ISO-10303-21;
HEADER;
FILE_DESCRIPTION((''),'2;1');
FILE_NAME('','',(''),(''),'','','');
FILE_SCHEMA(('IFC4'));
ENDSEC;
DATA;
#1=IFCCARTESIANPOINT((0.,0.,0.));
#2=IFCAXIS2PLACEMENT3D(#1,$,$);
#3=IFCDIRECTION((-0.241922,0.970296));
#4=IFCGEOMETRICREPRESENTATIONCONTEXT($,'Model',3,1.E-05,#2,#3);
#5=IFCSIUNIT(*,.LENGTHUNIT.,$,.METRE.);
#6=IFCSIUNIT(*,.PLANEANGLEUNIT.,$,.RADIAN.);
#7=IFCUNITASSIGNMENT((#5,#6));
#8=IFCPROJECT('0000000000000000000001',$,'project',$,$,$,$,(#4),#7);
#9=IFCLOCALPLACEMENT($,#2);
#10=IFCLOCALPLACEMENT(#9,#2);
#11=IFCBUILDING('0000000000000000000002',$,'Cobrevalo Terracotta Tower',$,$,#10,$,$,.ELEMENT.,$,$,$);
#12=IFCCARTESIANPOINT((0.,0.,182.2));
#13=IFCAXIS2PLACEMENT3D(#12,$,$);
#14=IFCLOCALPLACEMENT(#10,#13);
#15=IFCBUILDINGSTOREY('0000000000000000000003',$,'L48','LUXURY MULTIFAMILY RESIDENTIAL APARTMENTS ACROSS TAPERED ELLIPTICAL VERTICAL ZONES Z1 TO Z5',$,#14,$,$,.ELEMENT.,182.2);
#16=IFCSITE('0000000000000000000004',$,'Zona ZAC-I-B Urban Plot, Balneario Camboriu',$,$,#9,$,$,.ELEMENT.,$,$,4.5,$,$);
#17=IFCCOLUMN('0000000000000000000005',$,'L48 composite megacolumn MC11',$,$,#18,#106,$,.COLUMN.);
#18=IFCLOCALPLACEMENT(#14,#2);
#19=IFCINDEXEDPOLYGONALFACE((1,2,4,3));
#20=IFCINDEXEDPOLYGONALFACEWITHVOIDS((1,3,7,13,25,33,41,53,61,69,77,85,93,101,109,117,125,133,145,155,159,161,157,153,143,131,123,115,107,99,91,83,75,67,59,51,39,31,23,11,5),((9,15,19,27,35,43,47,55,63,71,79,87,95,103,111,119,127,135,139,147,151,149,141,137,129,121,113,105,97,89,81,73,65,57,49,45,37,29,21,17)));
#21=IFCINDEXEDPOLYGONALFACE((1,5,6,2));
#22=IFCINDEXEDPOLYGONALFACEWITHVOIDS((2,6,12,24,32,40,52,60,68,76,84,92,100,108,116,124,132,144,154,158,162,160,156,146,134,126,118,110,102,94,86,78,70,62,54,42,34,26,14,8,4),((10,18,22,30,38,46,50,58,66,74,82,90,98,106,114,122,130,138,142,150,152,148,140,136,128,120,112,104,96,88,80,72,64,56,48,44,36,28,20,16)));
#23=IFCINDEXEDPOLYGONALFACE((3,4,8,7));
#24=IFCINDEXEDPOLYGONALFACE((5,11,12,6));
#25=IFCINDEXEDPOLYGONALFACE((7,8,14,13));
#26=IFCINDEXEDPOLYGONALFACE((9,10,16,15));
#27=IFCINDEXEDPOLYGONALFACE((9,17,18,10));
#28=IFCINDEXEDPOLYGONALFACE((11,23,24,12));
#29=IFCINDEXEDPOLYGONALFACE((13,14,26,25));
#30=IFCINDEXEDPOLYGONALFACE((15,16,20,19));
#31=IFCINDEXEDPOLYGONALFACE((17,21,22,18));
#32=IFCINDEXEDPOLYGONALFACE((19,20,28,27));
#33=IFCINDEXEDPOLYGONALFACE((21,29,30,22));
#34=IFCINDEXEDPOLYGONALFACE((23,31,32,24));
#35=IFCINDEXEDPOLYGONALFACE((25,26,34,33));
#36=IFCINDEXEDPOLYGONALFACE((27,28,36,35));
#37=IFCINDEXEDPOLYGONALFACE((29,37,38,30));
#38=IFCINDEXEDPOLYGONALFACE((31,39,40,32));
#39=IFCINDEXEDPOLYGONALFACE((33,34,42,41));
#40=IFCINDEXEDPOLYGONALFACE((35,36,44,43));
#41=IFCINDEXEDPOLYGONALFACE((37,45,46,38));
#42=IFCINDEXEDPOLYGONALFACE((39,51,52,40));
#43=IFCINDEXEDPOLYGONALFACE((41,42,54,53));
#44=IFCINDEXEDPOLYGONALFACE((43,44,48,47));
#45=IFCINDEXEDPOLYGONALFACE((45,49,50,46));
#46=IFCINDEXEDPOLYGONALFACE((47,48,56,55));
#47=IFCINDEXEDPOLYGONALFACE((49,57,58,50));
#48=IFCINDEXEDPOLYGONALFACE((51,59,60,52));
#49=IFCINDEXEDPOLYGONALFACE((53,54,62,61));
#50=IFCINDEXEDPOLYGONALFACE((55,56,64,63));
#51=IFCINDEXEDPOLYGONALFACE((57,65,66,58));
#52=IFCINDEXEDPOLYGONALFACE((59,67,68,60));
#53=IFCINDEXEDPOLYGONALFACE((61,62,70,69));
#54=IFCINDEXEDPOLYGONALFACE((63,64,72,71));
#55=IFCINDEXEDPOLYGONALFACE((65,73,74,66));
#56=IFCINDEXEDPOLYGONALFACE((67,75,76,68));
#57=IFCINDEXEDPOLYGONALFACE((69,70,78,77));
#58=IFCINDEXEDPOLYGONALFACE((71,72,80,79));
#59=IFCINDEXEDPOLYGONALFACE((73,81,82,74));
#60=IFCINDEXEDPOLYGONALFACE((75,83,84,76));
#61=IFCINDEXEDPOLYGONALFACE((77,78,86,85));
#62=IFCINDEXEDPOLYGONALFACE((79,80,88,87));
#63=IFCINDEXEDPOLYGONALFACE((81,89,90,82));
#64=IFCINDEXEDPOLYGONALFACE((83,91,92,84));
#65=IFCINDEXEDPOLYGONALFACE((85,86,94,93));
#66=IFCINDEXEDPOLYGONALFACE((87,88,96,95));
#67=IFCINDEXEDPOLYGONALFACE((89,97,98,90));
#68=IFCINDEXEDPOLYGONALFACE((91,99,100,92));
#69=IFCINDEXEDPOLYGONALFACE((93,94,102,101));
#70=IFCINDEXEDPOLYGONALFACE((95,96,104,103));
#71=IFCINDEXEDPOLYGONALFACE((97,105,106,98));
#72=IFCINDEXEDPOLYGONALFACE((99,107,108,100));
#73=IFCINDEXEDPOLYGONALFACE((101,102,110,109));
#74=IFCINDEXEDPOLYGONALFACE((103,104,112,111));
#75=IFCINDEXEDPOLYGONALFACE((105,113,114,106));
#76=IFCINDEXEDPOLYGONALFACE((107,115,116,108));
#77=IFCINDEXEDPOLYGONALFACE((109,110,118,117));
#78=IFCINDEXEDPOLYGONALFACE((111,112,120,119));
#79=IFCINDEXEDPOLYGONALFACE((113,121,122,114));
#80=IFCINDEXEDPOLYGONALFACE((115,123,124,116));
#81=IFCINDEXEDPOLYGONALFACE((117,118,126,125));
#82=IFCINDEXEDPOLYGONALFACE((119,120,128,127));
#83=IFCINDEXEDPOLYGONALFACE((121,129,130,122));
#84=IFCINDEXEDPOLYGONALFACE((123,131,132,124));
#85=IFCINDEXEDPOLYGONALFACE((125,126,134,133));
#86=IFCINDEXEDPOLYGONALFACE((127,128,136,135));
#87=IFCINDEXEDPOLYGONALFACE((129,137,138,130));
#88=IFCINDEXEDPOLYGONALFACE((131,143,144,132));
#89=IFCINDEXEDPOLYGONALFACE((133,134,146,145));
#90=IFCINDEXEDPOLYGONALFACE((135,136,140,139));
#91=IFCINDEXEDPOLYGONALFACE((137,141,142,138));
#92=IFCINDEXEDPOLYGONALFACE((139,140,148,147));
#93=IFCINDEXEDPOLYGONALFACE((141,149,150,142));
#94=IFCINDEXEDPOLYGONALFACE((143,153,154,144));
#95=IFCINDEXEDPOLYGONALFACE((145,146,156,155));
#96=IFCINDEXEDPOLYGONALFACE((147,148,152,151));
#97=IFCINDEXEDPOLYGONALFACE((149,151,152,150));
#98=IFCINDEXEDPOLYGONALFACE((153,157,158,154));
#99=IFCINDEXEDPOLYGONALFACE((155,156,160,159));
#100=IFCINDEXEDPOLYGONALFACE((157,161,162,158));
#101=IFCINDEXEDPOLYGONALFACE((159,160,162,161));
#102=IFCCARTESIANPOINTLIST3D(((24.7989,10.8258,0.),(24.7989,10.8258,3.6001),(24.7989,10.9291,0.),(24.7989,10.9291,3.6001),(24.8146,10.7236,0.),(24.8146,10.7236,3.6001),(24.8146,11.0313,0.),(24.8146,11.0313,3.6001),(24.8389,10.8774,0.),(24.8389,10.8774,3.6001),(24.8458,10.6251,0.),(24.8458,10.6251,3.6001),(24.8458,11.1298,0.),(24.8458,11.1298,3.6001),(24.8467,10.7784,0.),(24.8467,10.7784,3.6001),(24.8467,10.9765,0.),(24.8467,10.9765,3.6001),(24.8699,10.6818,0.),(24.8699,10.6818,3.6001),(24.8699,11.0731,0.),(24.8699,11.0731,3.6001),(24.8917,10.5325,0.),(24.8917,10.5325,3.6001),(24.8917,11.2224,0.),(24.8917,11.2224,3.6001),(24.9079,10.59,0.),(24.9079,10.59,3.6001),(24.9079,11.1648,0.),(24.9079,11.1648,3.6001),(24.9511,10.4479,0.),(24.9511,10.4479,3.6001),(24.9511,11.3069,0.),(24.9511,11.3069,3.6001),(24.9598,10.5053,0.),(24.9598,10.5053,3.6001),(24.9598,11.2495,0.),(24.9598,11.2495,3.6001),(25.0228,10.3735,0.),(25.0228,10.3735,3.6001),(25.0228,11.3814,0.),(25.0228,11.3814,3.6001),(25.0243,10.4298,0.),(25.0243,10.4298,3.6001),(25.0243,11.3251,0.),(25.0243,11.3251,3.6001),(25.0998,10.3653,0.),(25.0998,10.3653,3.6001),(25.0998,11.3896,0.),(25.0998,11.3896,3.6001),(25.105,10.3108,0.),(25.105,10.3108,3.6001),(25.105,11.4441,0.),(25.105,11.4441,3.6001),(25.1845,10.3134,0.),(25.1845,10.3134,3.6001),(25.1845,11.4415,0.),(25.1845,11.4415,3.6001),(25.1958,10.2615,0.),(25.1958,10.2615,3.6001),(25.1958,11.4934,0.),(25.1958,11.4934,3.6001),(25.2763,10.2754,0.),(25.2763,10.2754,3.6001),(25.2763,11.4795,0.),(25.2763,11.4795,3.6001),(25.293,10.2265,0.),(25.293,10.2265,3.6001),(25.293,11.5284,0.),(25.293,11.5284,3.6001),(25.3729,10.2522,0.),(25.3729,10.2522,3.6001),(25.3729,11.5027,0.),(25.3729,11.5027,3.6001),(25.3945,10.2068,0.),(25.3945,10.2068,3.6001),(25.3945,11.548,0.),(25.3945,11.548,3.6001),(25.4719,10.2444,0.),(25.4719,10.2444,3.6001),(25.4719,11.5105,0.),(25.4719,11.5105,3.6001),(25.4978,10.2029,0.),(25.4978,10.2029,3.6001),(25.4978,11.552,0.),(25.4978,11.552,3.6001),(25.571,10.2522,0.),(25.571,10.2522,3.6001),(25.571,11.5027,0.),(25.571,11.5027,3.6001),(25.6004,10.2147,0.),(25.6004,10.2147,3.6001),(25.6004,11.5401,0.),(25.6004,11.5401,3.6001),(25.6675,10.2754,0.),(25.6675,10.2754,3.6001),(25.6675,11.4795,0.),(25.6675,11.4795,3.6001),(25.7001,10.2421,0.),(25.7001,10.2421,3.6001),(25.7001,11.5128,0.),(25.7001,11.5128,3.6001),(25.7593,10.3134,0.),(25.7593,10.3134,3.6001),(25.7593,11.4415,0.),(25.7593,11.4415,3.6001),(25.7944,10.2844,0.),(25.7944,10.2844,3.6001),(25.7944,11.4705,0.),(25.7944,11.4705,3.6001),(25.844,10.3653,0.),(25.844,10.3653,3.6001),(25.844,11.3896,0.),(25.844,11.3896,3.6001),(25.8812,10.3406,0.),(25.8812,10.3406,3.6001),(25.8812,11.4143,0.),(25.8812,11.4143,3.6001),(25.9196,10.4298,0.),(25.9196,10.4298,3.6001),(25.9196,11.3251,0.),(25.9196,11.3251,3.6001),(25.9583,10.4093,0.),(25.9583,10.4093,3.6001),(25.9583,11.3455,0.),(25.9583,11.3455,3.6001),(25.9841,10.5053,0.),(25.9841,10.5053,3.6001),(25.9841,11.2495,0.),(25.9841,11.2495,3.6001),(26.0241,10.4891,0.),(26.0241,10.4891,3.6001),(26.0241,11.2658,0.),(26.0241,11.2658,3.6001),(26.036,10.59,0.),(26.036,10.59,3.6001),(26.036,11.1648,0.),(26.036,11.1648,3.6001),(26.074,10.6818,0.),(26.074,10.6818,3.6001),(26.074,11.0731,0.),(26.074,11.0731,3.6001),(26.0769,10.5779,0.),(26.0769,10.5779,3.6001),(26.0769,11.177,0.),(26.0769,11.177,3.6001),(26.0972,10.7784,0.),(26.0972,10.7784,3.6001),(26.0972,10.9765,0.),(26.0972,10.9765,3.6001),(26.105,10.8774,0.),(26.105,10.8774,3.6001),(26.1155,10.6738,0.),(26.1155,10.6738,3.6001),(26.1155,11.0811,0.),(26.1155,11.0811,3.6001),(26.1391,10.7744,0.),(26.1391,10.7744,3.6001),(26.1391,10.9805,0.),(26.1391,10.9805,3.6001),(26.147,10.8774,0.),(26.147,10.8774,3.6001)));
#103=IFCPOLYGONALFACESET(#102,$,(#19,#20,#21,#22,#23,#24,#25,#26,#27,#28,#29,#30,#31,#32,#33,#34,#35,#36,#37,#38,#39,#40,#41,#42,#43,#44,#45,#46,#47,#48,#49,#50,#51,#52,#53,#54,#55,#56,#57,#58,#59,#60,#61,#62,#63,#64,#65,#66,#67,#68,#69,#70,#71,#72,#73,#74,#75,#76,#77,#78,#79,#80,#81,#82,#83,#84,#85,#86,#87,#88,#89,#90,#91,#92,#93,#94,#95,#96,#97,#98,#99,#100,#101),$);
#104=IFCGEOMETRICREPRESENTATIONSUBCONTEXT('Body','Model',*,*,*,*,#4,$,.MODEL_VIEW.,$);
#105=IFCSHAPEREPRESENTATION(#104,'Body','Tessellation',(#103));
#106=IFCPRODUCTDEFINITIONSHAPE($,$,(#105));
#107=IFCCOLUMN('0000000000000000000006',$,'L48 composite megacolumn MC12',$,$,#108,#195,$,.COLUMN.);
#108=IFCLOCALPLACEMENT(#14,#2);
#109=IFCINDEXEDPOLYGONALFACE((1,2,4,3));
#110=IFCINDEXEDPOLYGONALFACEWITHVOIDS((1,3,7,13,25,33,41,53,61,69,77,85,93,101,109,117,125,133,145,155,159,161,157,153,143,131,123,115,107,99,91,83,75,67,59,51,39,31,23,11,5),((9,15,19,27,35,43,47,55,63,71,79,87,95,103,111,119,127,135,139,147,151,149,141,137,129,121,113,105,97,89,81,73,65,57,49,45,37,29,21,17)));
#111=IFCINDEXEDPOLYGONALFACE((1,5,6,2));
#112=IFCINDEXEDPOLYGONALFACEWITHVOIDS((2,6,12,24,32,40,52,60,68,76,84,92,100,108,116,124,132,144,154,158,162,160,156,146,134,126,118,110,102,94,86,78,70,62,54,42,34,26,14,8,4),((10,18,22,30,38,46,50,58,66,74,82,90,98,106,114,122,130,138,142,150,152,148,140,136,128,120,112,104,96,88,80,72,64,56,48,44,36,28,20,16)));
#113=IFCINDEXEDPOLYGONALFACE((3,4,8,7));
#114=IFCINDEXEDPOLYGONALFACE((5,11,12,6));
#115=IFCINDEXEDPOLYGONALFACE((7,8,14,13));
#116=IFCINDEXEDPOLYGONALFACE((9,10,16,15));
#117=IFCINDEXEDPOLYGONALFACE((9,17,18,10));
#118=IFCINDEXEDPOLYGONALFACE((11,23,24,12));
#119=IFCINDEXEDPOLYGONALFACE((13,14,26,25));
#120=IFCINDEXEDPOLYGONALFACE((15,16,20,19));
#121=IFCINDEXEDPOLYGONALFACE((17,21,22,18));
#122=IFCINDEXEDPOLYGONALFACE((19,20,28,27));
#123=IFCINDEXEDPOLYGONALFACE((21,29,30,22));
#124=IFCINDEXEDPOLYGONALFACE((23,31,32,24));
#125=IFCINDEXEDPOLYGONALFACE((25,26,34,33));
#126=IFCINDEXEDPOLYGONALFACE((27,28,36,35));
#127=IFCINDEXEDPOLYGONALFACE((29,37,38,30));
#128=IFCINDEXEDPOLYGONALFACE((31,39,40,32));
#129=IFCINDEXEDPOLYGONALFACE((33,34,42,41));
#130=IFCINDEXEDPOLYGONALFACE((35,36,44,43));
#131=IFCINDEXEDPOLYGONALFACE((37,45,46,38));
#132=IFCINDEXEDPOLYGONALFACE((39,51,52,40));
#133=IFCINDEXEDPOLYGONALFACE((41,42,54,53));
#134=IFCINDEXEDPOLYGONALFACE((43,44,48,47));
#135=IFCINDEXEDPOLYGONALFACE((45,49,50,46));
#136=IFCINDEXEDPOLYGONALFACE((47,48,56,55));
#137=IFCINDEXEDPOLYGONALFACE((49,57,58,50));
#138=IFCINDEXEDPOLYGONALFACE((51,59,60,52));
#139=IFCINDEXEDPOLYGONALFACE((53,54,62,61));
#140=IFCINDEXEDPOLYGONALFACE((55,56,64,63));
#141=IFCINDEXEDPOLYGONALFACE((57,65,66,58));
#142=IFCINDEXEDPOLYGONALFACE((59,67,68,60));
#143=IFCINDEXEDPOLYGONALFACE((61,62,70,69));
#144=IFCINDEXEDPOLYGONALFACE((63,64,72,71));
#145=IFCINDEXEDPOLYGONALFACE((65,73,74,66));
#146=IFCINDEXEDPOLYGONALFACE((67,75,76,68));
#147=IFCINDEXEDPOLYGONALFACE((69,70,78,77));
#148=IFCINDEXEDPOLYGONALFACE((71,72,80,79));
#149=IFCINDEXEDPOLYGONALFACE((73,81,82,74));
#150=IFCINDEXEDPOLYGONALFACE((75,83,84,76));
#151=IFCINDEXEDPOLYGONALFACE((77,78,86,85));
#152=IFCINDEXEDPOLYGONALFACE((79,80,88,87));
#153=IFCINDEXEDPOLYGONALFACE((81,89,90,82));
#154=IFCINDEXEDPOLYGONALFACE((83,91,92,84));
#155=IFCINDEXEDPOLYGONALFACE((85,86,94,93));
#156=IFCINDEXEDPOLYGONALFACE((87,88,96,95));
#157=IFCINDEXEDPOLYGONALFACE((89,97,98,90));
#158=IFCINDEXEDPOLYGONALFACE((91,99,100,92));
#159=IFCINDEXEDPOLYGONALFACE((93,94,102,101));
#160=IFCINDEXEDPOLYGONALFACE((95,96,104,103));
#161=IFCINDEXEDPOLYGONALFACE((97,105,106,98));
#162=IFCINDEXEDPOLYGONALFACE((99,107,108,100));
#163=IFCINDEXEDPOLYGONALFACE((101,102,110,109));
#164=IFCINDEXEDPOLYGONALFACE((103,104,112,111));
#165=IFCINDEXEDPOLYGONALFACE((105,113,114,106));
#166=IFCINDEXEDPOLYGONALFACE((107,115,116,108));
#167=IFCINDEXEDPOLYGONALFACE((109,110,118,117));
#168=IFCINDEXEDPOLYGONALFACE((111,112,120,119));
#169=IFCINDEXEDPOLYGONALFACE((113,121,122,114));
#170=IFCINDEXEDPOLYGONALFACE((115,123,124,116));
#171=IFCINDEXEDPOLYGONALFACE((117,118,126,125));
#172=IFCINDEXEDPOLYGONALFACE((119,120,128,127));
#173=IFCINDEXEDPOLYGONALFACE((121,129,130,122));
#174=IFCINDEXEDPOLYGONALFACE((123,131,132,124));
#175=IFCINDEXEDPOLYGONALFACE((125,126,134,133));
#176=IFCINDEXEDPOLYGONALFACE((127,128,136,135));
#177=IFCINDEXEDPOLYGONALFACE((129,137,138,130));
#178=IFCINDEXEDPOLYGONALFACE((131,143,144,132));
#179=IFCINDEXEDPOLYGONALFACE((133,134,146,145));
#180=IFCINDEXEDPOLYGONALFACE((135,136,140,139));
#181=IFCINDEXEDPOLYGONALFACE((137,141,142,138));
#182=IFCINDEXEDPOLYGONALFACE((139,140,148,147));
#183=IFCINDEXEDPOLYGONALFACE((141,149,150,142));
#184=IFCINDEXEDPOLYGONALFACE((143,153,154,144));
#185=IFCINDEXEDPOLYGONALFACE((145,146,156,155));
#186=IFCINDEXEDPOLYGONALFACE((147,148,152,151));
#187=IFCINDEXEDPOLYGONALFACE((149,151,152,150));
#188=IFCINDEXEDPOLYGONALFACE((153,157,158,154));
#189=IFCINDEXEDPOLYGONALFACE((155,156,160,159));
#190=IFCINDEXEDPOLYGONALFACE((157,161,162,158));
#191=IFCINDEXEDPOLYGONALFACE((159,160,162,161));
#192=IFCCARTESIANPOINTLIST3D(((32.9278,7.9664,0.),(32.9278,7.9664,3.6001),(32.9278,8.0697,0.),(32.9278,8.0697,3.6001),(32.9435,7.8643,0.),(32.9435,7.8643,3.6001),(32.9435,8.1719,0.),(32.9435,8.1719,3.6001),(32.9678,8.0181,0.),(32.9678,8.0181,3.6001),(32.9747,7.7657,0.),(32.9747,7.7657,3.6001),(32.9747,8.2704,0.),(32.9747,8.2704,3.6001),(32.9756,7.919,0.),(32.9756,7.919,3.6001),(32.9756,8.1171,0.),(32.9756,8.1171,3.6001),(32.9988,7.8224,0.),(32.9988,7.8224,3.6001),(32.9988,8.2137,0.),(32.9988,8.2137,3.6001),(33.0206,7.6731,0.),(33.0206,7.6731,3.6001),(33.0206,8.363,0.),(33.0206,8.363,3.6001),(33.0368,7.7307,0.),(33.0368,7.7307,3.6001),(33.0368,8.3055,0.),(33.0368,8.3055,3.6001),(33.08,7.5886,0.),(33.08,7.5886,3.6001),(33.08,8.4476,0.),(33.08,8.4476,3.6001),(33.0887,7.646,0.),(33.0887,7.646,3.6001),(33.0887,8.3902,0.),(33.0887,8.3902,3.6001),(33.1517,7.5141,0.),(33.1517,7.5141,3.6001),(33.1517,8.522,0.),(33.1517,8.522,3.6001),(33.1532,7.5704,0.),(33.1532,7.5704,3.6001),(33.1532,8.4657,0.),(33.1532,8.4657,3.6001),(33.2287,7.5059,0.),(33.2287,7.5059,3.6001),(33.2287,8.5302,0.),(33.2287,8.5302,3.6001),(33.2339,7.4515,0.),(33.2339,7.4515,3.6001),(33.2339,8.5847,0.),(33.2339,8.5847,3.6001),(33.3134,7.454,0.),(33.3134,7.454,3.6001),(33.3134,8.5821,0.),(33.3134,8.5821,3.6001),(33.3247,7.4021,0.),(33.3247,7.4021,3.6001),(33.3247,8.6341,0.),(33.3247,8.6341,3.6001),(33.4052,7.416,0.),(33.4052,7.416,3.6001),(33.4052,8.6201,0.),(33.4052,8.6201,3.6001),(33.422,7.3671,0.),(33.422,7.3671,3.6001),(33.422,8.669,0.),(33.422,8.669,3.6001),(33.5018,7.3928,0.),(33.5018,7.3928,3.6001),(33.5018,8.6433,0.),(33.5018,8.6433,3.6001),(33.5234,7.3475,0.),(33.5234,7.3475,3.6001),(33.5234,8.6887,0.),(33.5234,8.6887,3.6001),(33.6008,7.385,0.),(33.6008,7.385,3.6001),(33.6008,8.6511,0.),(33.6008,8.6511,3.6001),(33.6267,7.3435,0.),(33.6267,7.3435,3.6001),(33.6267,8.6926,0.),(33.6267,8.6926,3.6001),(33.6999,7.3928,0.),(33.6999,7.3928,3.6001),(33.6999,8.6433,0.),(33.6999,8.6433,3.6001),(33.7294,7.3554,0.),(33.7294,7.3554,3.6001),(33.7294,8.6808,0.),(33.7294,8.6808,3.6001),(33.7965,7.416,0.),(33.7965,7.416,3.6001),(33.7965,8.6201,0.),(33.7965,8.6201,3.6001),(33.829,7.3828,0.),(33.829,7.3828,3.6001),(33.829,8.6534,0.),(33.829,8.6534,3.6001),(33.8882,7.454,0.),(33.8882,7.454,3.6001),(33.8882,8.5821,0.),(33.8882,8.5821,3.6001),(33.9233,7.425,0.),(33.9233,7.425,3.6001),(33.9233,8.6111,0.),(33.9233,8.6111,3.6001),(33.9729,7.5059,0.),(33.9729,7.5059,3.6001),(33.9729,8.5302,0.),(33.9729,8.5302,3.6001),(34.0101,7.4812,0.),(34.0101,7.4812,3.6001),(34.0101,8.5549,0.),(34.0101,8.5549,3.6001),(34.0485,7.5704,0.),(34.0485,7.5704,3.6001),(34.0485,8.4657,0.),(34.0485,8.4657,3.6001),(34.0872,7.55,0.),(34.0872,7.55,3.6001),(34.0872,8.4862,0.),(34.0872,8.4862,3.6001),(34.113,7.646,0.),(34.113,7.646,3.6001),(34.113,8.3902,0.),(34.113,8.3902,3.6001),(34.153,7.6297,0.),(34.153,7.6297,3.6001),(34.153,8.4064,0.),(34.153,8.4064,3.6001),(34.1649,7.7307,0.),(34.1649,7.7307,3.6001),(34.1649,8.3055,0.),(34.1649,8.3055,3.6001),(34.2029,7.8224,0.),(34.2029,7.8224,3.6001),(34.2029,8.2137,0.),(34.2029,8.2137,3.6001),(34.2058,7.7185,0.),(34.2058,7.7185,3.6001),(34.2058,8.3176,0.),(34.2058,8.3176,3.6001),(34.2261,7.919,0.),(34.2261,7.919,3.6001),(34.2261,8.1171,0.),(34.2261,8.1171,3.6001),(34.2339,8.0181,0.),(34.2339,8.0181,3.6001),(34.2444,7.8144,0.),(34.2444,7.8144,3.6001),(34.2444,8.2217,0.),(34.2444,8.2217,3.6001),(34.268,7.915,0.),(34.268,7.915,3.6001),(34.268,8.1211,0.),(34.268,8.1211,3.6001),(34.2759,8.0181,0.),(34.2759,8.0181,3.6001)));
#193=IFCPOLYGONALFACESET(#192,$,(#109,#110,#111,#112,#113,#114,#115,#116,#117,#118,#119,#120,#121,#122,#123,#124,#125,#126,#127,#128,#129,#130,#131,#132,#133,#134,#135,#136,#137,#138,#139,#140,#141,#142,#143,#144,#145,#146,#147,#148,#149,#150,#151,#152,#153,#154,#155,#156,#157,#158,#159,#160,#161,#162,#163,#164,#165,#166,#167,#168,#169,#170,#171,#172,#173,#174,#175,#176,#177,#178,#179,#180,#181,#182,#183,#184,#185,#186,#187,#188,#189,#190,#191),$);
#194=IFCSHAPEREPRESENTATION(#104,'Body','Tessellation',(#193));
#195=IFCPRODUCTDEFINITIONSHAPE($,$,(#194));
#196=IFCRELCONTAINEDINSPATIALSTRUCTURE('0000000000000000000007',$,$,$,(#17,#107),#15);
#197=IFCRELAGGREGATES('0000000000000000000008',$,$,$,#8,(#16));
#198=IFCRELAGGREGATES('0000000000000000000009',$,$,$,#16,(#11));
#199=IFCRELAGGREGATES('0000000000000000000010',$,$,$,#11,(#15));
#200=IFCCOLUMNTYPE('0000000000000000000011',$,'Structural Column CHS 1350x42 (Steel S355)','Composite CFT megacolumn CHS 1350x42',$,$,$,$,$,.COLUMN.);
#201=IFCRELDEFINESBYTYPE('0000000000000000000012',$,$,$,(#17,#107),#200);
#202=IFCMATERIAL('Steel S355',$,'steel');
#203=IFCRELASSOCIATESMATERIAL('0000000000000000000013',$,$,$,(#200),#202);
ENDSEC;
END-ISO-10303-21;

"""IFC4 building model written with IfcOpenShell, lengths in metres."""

from ifc_helpers import new_model, si_unit, direction, frame, origin, origin_2d, place, context, subcontext, project, spatial, hollow_circle, extrude, material, material_profile, profile_set, type_object, element, save


model = new_model("IFC4")

# Units and contexts
model_context = context("Model", 3, precision=1e-05, world=origin(), true_north=direction((-0.241922, 0.970296)))
body_context = subcontext(model_context, "Body", "Model", "MODEL_VIEW")
ifc_project = project(units=[si_unit("LENGTHUNIT", "METRE"), si_unit("PLANEANGLEUNIT", "RADIAN")], contexts=[model_context])

# Site, building, storey
site_placement = place(None, origin())
site = spatial("IfcSite", under=ifc_project, at=site_placement, Name="Zona ZAC-I-B Urban Plot, Balneario Camboriu", CompositionType="ELEMENT", RefElevation=4.5)
building_placement = place(site_placement, origin())
building = spatial("IfcBuilding", under=site, at=building_placement, Name="Cobrevalo Terracotta Tower", CompositionType="ELEMENT")
storey_placement = place(building_placement, frame((0.0, 0.0, 182.2)))
storey = spatial("IfcBuildingStorey", under=building, at=storey_placement, Name="L48", Description="LUXURY MULTIFAMILY RESIDENTIAL APARTMENTS ACROSS TAPERED ELLIPTICAL VERTICAL ZONES Z1 TO Z5", CompositionType="ELEMENT", Elevation=182.2)

# Columns
ifc_material_1 = material(Name="Steel S355", Category="steel")
ifc_material_profile_1 = material_profile(ifc_material_1, hollow_circle(Radius=0.675, WallThickness=0.042, at=origin_2d()), Name="CHS 1350x42")
ifc_profile_set_1 = profile_set([ifc_material_profile_1], Name="Steel S355")
column_type = type_object("IfcColumnType", Name="Structural Column CHS 1350x42 (Steel S355)", Description="Composite CFT megacolumn CHS 1350x42", PredefinedType="COLUMN", material=ifc_profile_set_1)
for number, where, z_axis, x_axis, name in (
    (1, (25.4719, 10.8774, 0.0), (0.0, 0.0, 1.0), (1.0, 0.0, 0.0), "L48 composite megacolumn MC11"),
    (2, (33.6008, 8.0181, 0.0), (0.0, 0.0, 1.0), (1.0, 0.0, 0.0), "L48 composite megacolumn MC12"),
):
    element("IfcColumn", number, at=place(storey_placement, frame(where, z_axis=z_axis, x_axis=x_axis)), inside=storey, type_object=column_type, Name=name, PredefinedType="COLUMN", context=body_context, shape_type="SweptSolid", body=[
        extrude(hollow_circle(Radius=0.675, WallThickness=0.042, at=origin_2d()), origin(), (0.0, 0.0, 1.0), 3.6001),
    ])

save(model, "model.ifc")
